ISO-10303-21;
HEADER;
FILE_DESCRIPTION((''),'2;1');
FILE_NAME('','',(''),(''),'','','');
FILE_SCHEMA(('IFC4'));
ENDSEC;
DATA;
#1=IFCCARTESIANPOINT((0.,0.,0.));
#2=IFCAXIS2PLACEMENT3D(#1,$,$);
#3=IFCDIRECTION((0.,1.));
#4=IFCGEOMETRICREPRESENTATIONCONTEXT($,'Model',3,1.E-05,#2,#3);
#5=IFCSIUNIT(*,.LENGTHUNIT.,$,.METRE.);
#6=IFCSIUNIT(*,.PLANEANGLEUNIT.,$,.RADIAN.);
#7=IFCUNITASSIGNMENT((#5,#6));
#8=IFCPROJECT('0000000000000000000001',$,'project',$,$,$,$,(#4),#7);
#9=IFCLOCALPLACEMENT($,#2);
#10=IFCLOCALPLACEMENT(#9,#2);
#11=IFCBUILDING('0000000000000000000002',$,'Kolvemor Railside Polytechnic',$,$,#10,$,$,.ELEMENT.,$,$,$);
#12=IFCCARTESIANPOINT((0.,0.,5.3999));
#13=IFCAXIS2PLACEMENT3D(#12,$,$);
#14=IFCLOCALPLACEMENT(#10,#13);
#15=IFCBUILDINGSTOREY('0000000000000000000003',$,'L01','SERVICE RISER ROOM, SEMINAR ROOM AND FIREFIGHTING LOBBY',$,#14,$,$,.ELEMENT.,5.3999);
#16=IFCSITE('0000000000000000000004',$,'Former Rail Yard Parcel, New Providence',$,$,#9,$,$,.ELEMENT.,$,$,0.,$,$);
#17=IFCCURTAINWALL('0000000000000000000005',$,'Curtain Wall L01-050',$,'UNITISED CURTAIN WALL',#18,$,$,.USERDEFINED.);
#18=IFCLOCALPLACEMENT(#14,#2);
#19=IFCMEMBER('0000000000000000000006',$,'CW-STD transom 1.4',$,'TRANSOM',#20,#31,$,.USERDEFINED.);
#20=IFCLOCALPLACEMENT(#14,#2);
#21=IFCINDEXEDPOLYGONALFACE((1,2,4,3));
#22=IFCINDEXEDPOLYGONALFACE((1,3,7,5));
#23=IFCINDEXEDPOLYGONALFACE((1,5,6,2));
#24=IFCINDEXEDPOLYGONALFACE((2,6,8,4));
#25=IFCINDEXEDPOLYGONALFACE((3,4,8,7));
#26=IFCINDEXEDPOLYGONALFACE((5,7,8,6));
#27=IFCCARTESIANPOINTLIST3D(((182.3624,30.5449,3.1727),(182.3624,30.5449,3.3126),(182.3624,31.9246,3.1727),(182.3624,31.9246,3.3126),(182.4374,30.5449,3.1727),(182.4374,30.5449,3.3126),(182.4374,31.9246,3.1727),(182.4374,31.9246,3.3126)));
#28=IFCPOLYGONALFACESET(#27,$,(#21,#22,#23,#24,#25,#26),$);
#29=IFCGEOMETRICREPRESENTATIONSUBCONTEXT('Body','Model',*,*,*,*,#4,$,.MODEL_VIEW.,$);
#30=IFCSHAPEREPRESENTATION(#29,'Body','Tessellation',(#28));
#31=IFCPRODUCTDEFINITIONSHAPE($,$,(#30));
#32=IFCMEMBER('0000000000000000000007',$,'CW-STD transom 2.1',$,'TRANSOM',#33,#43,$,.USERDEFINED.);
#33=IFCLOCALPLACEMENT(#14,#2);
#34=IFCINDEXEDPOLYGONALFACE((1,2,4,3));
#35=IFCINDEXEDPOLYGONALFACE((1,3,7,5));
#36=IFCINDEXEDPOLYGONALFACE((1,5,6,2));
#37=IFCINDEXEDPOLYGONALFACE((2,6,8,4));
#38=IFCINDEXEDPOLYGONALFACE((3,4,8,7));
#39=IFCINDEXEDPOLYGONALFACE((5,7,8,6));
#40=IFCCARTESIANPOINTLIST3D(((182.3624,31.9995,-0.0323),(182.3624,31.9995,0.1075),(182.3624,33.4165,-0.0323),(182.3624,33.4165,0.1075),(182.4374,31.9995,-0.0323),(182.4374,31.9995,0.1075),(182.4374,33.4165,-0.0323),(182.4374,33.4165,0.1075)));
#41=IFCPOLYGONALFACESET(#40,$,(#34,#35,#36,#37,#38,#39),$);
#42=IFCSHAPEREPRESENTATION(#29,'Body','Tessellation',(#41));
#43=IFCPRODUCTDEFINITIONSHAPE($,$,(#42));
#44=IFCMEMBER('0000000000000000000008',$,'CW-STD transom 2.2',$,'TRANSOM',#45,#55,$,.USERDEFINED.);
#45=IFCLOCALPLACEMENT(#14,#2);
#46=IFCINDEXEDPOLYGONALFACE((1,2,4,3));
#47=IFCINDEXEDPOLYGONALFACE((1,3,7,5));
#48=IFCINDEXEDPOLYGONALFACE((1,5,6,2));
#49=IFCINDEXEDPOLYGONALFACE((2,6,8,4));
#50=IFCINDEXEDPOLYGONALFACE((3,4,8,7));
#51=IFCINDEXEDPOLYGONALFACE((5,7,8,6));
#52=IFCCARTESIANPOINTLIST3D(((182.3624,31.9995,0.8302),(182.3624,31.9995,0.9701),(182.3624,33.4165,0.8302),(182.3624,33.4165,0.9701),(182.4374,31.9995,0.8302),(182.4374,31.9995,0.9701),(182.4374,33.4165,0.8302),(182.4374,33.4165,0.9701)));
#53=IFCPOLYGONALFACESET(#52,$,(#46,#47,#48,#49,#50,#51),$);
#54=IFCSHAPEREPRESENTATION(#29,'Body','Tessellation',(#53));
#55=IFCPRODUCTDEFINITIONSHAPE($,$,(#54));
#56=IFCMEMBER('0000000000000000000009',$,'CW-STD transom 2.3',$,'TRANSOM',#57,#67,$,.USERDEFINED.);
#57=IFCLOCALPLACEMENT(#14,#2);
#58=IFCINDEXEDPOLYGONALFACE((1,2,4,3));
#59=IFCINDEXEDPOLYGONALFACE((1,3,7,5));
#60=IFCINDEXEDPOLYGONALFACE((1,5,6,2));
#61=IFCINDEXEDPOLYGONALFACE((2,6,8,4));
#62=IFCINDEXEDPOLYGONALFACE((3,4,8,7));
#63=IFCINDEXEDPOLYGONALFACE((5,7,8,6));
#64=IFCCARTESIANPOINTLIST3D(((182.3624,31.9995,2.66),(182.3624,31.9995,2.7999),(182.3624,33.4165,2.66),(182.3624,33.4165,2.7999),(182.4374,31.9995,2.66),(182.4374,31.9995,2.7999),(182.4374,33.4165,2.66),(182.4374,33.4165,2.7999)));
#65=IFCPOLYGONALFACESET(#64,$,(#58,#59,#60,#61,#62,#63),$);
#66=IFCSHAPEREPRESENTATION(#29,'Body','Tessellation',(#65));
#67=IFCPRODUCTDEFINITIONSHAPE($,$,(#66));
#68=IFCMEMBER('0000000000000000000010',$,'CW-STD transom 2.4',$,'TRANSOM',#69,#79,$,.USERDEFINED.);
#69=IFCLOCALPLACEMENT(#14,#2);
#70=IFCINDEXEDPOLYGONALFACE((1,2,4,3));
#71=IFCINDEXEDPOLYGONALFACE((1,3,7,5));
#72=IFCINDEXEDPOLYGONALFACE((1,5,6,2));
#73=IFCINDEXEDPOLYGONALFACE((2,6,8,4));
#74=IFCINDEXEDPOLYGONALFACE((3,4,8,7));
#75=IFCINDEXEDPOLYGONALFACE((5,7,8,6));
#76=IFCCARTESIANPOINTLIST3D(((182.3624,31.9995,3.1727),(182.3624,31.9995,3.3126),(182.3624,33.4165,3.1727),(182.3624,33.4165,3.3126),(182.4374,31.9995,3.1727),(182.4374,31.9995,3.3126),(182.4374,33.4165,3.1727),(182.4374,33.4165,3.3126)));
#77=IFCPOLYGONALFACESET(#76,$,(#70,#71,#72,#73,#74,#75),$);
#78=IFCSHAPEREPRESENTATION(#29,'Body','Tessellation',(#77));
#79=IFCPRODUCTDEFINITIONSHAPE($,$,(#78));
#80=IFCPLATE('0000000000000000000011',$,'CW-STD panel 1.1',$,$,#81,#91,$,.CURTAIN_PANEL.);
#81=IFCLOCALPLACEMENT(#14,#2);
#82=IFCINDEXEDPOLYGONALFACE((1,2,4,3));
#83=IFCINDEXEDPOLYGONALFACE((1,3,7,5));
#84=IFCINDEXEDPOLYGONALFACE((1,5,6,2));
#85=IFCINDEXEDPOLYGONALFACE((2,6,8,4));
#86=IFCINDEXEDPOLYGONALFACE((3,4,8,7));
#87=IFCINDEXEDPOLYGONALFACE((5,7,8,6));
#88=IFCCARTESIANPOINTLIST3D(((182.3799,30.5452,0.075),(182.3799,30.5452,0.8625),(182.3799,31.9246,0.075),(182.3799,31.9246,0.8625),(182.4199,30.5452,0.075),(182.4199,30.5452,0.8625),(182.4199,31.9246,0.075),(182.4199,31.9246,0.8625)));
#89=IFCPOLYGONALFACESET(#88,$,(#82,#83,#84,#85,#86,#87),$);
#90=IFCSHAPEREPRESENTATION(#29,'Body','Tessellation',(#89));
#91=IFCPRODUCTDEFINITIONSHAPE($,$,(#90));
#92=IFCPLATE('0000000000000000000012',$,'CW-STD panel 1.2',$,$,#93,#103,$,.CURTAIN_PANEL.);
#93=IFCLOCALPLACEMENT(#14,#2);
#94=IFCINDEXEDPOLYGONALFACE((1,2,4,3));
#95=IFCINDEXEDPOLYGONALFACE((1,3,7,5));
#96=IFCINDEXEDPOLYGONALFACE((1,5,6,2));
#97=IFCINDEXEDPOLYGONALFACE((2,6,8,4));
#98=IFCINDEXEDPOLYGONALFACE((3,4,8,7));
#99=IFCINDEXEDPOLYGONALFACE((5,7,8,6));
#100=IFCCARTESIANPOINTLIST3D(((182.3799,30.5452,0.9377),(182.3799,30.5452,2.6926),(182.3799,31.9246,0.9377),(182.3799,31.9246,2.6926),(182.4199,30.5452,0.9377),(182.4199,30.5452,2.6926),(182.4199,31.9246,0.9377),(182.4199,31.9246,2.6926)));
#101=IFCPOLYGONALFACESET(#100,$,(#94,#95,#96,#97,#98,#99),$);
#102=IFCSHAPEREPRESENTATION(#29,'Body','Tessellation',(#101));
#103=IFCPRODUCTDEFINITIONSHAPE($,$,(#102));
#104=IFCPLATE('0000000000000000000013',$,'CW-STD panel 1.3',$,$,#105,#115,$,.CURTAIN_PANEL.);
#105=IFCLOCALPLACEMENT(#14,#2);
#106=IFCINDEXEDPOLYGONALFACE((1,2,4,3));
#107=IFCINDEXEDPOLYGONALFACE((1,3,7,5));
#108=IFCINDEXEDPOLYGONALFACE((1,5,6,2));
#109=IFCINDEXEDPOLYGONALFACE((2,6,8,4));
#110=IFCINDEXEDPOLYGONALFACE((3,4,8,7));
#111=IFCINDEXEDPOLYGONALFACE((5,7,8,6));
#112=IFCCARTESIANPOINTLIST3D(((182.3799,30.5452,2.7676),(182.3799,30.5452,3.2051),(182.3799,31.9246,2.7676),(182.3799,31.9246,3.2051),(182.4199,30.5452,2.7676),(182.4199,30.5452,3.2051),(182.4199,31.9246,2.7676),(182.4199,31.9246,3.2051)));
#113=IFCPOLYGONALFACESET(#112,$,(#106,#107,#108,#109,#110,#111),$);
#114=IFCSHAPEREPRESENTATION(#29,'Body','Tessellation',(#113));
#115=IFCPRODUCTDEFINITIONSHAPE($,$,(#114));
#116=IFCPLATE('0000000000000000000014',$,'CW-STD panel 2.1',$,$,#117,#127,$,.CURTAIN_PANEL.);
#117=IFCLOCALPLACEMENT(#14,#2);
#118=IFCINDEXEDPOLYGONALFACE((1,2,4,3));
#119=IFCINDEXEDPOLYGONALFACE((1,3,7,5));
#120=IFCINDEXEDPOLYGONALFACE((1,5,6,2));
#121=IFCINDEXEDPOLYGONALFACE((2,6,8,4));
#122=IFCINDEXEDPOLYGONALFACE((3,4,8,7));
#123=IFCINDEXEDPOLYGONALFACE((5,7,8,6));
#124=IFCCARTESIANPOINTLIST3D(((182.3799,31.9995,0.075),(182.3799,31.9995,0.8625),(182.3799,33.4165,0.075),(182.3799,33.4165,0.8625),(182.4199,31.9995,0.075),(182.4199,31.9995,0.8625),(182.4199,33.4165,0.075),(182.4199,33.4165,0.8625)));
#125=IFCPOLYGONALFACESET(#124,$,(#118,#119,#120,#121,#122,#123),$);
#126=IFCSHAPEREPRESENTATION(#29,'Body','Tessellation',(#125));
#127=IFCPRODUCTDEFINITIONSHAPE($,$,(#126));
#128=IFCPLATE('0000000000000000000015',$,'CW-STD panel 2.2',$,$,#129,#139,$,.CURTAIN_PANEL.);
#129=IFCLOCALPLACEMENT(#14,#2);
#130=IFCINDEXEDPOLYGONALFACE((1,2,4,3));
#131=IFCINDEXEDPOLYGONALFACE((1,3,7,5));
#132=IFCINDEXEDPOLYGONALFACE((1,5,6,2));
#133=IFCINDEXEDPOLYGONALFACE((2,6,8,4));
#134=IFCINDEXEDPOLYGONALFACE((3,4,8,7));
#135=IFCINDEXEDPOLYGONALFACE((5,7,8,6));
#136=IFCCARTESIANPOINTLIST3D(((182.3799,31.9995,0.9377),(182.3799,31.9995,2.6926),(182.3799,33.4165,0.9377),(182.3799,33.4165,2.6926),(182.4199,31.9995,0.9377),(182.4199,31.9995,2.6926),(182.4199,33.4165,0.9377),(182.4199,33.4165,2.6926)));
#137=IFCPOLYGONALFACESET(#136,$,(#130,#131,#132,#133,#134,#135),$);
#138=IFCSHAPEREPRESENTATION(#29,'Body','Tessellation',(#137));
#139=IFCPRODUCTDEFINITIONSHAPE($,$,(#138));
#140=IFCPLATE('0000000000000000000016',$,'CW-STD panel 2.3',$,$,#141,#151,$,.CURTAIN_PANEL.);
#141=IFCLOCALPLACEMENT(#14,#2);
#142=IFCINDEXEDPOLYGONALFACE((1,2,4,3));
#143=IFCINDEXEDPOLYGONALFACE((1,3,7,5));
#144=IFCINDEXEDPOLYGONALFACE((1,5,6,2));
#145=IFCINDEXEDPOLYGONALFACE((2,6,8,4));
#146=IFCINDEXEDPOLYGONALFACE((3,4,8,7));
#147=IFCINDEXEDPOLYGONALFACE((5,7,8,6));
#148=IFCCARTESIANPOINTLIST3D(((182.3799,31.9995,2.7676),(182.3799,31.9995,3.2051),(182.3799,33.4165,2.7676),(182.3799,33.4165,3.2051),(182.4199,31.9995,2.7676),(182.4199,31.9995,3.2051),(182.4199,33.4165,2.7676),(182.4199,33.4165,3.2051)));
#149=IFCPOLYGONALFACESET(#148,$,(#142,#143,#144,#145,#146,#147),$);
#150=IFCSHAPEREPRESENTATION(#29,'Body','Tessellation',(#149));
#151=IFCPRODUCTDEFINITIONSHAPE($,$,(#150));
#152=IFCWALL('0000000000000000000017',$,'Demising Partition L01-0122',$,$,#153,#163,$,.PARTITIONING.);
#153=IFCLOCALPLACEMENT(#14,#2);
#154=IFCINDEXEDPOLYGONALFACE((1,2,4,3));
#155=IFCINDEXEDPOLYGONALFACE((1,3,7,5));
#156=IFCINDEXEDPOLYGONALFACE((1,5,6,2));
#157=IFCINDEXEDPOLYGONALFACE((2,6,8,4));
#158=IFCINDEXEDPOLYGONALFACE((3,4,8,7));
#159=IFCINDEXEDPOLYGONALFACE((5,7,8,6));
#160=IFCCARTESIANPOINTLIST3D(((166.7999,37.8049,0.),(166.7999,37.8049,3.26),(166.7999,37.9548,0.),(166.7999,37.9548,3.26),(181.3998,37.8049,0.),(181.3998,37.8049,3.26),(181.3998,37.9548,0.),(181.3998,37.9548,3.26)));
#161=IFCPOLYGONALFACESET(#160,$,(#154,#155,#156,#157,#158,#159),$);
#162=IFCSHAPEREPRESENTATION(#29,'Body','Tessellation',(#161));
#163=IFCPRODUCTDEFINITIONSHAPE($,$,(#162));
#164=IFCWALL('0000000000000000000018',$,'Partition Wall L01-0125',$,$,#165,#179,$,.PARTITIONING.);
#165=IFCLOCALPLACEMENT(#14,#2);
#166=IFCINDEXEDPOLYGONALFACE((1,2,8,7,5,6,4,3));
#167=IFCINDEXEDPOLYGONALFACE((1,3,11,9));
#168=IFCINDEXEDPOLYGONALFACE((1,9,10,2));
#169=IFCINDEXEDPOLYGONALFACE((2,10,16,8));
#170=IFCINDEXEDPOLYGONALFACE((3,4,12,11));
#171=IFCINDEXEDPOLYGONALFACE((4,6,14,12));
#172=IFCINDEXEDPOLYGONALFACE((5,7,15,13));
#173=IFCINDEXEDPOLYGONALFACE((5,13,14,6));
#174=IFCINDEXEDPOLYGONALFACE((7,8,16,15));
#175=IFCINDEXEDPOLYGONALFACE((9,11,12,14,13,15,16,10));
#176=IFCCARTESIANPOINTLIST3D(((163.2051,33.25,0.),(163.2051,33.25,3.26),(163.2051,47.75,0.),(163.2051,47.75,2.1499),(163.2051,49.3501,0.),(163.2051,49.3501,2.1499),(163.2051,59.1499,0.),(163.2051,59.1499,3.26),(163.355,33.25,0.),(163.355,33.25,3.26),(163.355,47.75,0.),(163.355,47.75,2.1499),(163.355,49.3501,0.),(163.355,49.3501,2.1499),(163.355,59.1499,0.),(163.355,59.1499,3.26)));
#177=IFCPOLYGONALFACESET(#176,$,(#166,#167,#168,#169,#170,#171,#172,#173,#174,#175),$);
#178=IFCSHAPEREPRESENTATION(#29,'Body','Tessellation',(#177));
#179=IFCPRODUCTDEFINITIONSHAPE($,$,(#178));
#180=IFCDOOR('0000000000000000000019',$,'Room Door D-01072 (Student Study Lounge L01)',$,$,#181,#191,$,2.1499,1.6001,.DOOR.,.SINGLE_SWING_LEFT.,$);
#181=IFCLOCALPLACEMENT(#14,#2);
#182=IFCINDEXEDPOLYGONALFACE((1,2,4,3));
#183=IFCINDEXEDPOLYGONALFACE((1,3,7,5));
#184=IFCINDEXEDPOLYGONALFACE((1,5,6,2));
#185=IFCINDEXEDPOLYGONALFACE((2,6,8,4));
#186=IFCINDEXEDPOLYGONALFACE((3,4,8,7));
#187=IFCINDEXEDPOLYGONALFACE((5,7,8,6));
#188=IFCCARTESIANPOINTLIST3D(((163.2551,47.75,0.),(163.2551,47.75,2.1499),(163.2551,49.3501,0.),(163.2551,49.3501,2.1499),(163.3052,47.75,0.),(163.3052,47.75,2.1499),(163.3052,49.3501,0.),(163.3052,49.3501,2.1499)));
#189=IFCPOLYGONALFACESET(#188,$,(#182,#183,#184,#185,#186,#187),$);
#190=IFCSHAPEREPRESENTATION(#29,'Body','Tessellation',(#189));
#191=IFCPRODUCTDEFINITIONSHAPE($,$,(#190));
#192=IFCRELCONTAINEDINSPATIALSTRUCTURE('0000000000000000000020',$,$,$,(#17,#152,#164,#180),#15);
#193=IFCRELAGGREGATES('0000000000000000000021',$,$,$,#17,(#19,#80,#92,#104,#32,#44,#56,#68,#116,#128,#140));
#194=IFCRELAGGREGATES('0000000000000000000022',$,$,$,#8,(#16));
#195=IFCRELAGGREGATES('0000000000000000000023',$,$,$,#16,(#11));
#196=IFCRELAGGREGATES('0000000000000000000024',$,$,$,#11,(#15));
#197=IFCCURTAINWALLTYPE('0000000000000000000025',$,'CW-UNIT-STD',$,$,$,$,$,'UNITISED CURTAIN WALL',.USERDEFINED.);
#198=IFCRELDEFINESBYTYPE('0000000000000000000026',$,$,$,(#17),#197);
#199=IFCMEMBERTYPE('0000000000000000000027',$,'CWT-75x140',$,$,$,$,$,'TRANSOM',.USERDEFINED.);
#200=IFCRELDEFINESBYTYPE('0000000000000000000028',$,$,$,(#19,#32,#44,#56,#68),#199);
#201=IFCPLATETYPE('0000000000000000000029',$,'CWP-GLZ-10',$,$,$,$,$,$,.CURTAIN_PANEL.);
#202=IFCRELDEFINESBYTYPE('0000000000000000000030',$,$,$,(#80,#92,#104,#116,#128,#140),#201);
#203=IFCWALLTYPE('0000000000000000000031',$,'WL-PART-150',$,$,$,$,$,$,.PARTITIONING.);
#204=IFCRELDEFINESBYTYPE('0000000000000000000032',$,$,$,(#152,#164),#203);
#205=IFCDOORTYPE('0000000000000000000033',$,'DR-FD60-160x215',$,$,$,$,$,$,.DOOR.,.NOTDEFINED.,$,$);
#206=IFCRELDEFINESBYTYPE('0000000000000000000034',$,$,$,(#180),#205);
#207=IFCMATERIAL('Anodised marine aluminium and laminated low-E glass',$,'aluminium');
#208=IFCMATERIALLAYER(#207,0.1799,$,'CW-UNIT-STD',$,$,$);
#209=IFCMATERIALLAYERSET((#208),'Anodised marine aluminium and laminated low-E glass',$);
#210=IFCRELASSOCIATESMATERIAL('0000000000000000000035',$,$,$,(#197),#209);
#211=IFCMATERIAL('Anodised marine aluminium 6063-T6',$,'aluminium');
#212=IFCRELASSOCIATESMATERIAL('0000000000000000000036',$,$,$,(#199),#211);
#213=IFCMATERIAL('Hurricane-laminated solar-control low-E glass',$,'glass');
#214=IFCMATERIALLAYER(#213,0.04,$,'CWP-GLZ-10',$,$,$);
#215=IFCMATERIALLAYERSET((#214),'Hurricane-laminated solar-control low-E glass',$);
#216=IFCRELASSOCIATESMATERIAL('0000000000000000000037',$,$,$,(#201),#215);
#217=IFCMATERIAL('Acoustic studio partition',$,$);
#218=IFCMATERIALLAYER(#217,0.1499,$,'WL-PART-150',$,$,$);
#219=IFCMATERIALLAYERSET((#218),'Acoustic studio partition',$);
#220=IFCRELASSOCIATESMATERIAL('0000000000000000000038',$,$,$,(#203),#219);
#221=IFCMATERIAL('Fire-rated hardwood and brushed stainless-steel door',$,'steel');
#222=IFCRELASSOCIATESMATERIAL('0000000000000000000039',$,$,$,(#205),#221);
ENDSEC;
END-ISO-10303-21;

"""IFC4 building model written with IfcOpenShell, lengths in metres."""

from ifc_helpers import new_model, si_unit, direction, frame, frame_2d, origin, origin_2d, place, context, subcontext, project, spatial, rectangle, extrude, material, layer, layer_set, material_profile, profile_set, type_object, element, fill, aggregate, save


model = new_model("IFC4")

# Units and contexts
model_context = context("Model", 3, precision=1e-05, world=origin(), true_north=direction((0.0, 1.0)))
body_context = subcontext(model_context, "Body", "Model", "MODEL_VIEW")
ifc_project = project(units=[si_unit("LENGTHUNIT", "METRE"), si_unit("PLANEANGLEUNIT", "RADIAN")], contexts=[model_context])

# Site, building, storey
site_placement = place(None, origin())
site = spatial("IfcSite", under=ifc_project, at=site_placement, Name="Former Rail Yard Parcel, New Providence", CompositionType="ELEMENT", RefElevation=0.0)
building_placement = place(site_placement, origin())
building = spatial("IfcBuilding", under=site, at=building_placement, Name="Kolvemor Railside Polytechnic", CompositionType="ELEMENT")
storey_placement = place(building_placement, frame((0.0, 0.0, 5.3999)))
storey = spatial("IfcBuildingStorey", under=building, at=storey_placement, Name="L01", Description="SERVICE RISER ROOM, SEMINAR ROOM AND FIREFIGHTING LOBBY", CompositionType="ELEMENT", Elevation=5.3999)

# Curtain wall, members, plates
ifc_material_1 = material(Name="Anodised marine aluminium and laminated low-E glass", Category="aluminium")
ifc_layer_1 = layer(ifc_material_1, 0.1799, Name="CW-UNIT-STD")
ifc_layer_set_1 = layer_set([ifc_layer_1], Name="Anodised marine aluminium and laminated low-E glass")
curtain_wall_type = type_object("IfcCurtainWallType", Name="CW-UNIT-STD", ElementType="UNITISED CURTAIN WALL", PredefinedType="USERDEFINED", material=ifc_layer_set_1)
curtain_wall_placement = place(storey_placement, origin())
curtain_wall = element("IfcCurtainWall", 1, at=curtain_wall_placement, inside=storey, type_object=curtain_wall_type, Name="Curtain Wall L01-050", ObjectType="UNITISED CURTAIN WALL", PredefinedType="USERDEFINED")
ifc_material_2 = material(Name="Anodised marine aluminium 6063-T6", Category="aluminium")
ifc_material_profile_1 = material_profile(ifc_material_2, rectangle(XDim=0.075, YDim=0.1399, at=origin_2d()), Name="CW-TRN-75x140")
ifc_profile_set_1 = profile_set([ifc_material_profile_1], Name="Anodised marine aluminium 6063-T6")
member_type_1 = type_object("IfcMemberType", Name="CWT-75x140", ElementType="TRANSOM", PredefinedType="USERDEFINED", material=ifc_profile_set_1)
member_1_placement = place(storey_placement, frame((182.3999, 30.5449, 3.2427), z_axis=(0.0, 1.0, 0.0), x_axis=(-1.0, 0.0, 0.0)))
member_1 = element("IfcMember", 2, at=member_1_placement, type_object=member_type_1, Name="CW-STD transom 1.4", ObjectType="TRANSOM", PredefinedType="USERDEFINED", context=body_context, shape_type="SweptSolid", body=[
    extrude(rectangle(XDim=0.075, YDim=0.1399, at=origin_2d()), origin(), (0.0, 0.0, 1.0), 1.3796),
])
member_2_placement = place(storey_placement, frame((182.3999, 31.9995, 0.0376), z_axis=(0.0, 1.0, 0.0), x_axis=(-1.0, 0.0, 0.0)))
member_2 = element("IfcMember", 3, at=member_2_placement, type_object=member_type_1, Name="CW-STD transom 2.1", ObjectType="TRANSOM", PredefinedType="USERDEFINED", context=body_context, shape_type="SweptSolid", body=[
    extrude(rectangle(XDim=0.075, YDim=0.1399, at=origin_2d()), origin(), (0.0, 0.0, 1.0), 1.417),
])
member_3_placement = place(storey_placement, frame((182.3999, 31.9995, 0.9001), z_axis=(0.0, 1.0, 0.0), x_axis=(-1.0, 0.0, 0.0)))
member_3 = element("IfcMember", 4, at=member_3_placement, type_object=member_type_1, Name="CW-STD transom 2.2", ObjectType="TRANSOM", PredefinedType="USERDEFINED", context=body_context, shape_type="SweptSolid", body=[
    extrude(rectangle(XDim=0.075, YDim=0.1399, at=origin_2d()), origin(), (0.0, 0.0, 1.0), 1.417),
])
member_4_placement = place(storey_placement, frame((182.3999, 31.9995, 2.73), z_axis=(0.0, 1.0, 0.0), x_axis=(-1.0, 0.0, 0.0)))
member_4 = element("IfcMember", 5, at=member_4_placement, type_object=member_type_1, Name="CW-STD transom 2.3", ObjectType="TRANSOM", PredefinedType="USERDEFINED", context=body_context, shape_type="SweptSolid", body=[
    extrude(rectangle(XDim=0.075, YDim=0.1399, at=origin_2d()), origin(), (0.0, 0.0, 1.0), 1.417),
])
member_5_placement = place(storey_placement, frame((182.3999, 31.9995, 3.2427), z_axis=(0.0, 1.0, 0.0), x_axis=(-1.0, 0.0, 0.0)))
member_5 = element("IfcMember", 6, at=member_5_placement, type_object=member_type_1, Name="CW-STD transom 2.4", ObjectType="TRANSOM", PredefinedType="USERDEFINED", context=body_context, shape_type="SweptSolid", body=[
    extrude(rectangle(XDim=0.075, YDim=0.1399, at=origin_2d()), origin(), (0.0, 0.0, 1.0), 1.417),
])
ifc_material_3 = material(Name="Hurricane-laminated solar-control low-E glass", Category="glass")
ifc_layer_2 = layer(ifc_material_3, 0.04, Name="CWP-GLZ-10")
ifc_layer_set_2 = layer_set([ifc_layer_2], Name="Hurricane-laminated solar-control low-E glass")
plate_type = type_object("IfcPlateType", Name="CWP-GLZ-10", PredefinedType="CURTAIN_PANEL", material=ifc_layer_set_2)
plate_1_placement = place(storey_placement, frame((182.3999, 31.2349, 0.075), z_axis=(0.0, 0.0, 1.0), x_axis=(0.0, 1.0, 0.0)))
plate_1 = element("IfcPlate", 7, at=plate_1_placement, type_object=plate_type, Name="CW-STD panel 1.1", PredefinedType="CURTAIN_PANEL", context=body_context, shape_type="SweptSolid", body=[
    extrude(rectangle(XDim=1.3794, YDim=0.04, at=origin_2d()), origin(), (0.0, 0.0, 1.0), 0.7876),
])
plate_2_placement = place(storey_placement, frame((182.3999, 31.2349, 0.9377), z_axis=(0.0, 0.0, 1.0), x_axis=(0.0, 1.0, 0.0)))
plate_2 = element("IfcPlate", 8, at=plate_2_placement, type_object=plate_type, Name="CW-STD panel 1.2", PredefinedType="CURTAIN_PANEL", context=body_context, shape_type="SweptSolid", body=[
    extrude(rectangle(XDim=1.3794, YDim=0.04, at=origin_2d()), origin(), (0.0, 0.0, 1.0), 1.7549),
])
plate_3_placement = place(storey_placement, frame((182.3999, 31.2349, 2.7676), z_axis=(0.0, 0.0, 1.0), x_axis=(0.0, 1.0, 0.0)))
plate_3 = element("IfcPlate", 9, at=plate_3_placement, type_object=plate_type, Name="CW-STD panel 1.3", PredefinedType="CURTAIN_PANEL", context=body_context, shape_type="SweptSolid", body=[
    extrude(rectangle(XDim=1.3794, YDim=0.04, at=origin_2d()), origin(), (0.0, 0.0, 1.0), 0.4375),
])
plate_4_placement = place(storey_placement, frame((182.3999, 32.708, 0.075), z_axis=(0.0, 0.0, 1.0), x_axis=(0.0, 1.0, 0.0)))
plate_4 = element("IfcPlate", 10, at=plate_4_placement, type_object=plate_type, Name="CW-STD panel 2.1", PredefinedType="CURTAIN_PANEL", context=body_context, shape_type="SweptSolid", body=[
    extrude(rectangle(XDim=1.417, YDim=0.04, at=origin_2d()), origin(), (0.0, 0.0, 1.0), 0.7876),
])
plate_5_placement = place(storey_placement, frame((182.3999, 32.708, 0.9377), z_axis=(0.0, 0.0, 1.0), x_axis=(0.0, 1.0, 0.0)))
plate_5 = element("IfcPlate", 11, at=plate_5_placement, type_object=plate_type, Name="CW-STD panel 2.2", PredefinedType="CURTAIN_PANEL", context=body_context, shape_type="SweptSolid", body=[
    extrude(rectangle(XDim=1.417, YDim=0.04, at=origin_2d()), origin(), (0.0, 0.0, 1.0), 1.7549),
])
plate_6_placement = place(storey_placement, frame((182.3999, 32.708, 2.7676), z_axis=(0.0, 0.0, 1.0), x_axis=(0.0, 1.0, 0.0)))
plate_6 = element("IfcPlate", 12, at=plate_6_placement, type_object=plate_type, Name="CW-STD panel 2.3", PredefinedType="CURTAIN_PANEL", context=body_context, shape_type="SweptSolid", body=[
    extrude(rectangle(XDim=1.417, YDim=0.04, at=origin_2d()), origin(), (0.0, 0.0, 1.0), 0.4375),
])
aggregate(curtain_wall, [member_1, plate_1, plate_2, plate_3, member_2, member_3, member_4, member_5, plate_4, plate_5, plate_6])

# Wall
ifc_material_4 = material(Name="Acoustic studio partition")
ifc_layer_3 = layer(ifc_material_4, 0.1499, Name="WL-PART-150")
ifc_layer_set_3 = layer_set([ifc_layer_3], Name="Acoustic studio partition")
wall_type_1 = type_object("IfcWallType", Name="WL-PART-150", PredefinedType="PARTITIONING", material=ifc_layer_set_3)
wall_1_placement = place(storey_placement, frame((166.8, 37.8799, 0.0), z_axis=(0.0, 0.0, 1.0), x_axis=(1.0, 0.0, 0.0)))
element("IfcWall", 13, at=wall_1_placement, inside=storey, type_object=wall_type_1, Name="Demising Partition L01-0122", PredefinedType="PARTITIONING", context=body_context, shape_type="SweptSolid", body=[
    extrude(rectangle(XDim=14.5999, YDim=0.1499, at=frame_2d((7.2998, 0.0))), origin(), (0.0, 0.0, 1.0), 3.26),
])

# Wall, opening, door
wall_2_placement = place(storey_placement, frame((163.28, 33.25, 0.0), z_axis=(0.0, 0.0, 1.0), x_axis=(0.0, 1.0, 0.0)))
wall_2 = element("IfcWall", 14, at=wall_2_placement, inside=storey, type_object=wall_type_1, Name="Partition Wall L01-0125", PredefinedType="PARTITIONING", context=body_context, shape_type="SweptSolid", body=[
    extrude(rectangle(XDim=25.8999, YDim=0.1499, at=frame_2d((12.95, 0.0))), origin(), (0.0, 0.0, 1.0), 3.26),
])
opening_1_placement = place(wall_2_placement, frame((14.5, 0.0, 0.0)))
opening_1 = element("IfcOpeningElement", 15, at=opening_1_placement, cuts=wall_2, PredefinedType="OPENING", context=body_context, shape_type="SweptSolid", body=[
    extrude(rectangle(XDim=1.6001, YDim=2.1499, at=frame_2d((0.8, 1.075))), frame((0.0, 0.085, 0.0), z_axis=(0.0, -1.0, 0.0), x_axis=(1.0, 0.0, 0.0)), (0.0, 0.0, 1.0), 0.1699),
])
ifc_material_5 = material(Name="Fire-rated hardwood and brushed stainless-steel door", Category="steel")
door_type_1 = type_object("IfcDoorType", Name="DR-FD60-160x215", OperationType="NOTDEFINED", PredefinedType="DOOR", material=ifc_material_5)
door_1_placement = place(opening_1_placement, origin())
door_1 = element("IfcDoor", 16, at=door_1_placement, inside=storey, type_object=door_type_1, Name="Room Door D-01072 (Student Study Lounge L01)", OperationType="SINGLE_SWING_LEFT", OverallHeight=2.1499, OverallWidth=1.6001, PredefinedType="DOOR", context=body_context, shape_type="SweptSolid", body=[
    extrude(rectangle(XDim=1.6001, YDim=2.1499, at=frame_2d((0.8, 1.075))), frame((0.0, 0.0249, 0.0), z_axis=(0.0, -1.0, 0.0), x_axis=(1.0, 0.0, 0.0)), (0.0, 0.0, 1.0), 0.05),
])
fill(opening_1, door_1)

save(model, "model.ifc")
